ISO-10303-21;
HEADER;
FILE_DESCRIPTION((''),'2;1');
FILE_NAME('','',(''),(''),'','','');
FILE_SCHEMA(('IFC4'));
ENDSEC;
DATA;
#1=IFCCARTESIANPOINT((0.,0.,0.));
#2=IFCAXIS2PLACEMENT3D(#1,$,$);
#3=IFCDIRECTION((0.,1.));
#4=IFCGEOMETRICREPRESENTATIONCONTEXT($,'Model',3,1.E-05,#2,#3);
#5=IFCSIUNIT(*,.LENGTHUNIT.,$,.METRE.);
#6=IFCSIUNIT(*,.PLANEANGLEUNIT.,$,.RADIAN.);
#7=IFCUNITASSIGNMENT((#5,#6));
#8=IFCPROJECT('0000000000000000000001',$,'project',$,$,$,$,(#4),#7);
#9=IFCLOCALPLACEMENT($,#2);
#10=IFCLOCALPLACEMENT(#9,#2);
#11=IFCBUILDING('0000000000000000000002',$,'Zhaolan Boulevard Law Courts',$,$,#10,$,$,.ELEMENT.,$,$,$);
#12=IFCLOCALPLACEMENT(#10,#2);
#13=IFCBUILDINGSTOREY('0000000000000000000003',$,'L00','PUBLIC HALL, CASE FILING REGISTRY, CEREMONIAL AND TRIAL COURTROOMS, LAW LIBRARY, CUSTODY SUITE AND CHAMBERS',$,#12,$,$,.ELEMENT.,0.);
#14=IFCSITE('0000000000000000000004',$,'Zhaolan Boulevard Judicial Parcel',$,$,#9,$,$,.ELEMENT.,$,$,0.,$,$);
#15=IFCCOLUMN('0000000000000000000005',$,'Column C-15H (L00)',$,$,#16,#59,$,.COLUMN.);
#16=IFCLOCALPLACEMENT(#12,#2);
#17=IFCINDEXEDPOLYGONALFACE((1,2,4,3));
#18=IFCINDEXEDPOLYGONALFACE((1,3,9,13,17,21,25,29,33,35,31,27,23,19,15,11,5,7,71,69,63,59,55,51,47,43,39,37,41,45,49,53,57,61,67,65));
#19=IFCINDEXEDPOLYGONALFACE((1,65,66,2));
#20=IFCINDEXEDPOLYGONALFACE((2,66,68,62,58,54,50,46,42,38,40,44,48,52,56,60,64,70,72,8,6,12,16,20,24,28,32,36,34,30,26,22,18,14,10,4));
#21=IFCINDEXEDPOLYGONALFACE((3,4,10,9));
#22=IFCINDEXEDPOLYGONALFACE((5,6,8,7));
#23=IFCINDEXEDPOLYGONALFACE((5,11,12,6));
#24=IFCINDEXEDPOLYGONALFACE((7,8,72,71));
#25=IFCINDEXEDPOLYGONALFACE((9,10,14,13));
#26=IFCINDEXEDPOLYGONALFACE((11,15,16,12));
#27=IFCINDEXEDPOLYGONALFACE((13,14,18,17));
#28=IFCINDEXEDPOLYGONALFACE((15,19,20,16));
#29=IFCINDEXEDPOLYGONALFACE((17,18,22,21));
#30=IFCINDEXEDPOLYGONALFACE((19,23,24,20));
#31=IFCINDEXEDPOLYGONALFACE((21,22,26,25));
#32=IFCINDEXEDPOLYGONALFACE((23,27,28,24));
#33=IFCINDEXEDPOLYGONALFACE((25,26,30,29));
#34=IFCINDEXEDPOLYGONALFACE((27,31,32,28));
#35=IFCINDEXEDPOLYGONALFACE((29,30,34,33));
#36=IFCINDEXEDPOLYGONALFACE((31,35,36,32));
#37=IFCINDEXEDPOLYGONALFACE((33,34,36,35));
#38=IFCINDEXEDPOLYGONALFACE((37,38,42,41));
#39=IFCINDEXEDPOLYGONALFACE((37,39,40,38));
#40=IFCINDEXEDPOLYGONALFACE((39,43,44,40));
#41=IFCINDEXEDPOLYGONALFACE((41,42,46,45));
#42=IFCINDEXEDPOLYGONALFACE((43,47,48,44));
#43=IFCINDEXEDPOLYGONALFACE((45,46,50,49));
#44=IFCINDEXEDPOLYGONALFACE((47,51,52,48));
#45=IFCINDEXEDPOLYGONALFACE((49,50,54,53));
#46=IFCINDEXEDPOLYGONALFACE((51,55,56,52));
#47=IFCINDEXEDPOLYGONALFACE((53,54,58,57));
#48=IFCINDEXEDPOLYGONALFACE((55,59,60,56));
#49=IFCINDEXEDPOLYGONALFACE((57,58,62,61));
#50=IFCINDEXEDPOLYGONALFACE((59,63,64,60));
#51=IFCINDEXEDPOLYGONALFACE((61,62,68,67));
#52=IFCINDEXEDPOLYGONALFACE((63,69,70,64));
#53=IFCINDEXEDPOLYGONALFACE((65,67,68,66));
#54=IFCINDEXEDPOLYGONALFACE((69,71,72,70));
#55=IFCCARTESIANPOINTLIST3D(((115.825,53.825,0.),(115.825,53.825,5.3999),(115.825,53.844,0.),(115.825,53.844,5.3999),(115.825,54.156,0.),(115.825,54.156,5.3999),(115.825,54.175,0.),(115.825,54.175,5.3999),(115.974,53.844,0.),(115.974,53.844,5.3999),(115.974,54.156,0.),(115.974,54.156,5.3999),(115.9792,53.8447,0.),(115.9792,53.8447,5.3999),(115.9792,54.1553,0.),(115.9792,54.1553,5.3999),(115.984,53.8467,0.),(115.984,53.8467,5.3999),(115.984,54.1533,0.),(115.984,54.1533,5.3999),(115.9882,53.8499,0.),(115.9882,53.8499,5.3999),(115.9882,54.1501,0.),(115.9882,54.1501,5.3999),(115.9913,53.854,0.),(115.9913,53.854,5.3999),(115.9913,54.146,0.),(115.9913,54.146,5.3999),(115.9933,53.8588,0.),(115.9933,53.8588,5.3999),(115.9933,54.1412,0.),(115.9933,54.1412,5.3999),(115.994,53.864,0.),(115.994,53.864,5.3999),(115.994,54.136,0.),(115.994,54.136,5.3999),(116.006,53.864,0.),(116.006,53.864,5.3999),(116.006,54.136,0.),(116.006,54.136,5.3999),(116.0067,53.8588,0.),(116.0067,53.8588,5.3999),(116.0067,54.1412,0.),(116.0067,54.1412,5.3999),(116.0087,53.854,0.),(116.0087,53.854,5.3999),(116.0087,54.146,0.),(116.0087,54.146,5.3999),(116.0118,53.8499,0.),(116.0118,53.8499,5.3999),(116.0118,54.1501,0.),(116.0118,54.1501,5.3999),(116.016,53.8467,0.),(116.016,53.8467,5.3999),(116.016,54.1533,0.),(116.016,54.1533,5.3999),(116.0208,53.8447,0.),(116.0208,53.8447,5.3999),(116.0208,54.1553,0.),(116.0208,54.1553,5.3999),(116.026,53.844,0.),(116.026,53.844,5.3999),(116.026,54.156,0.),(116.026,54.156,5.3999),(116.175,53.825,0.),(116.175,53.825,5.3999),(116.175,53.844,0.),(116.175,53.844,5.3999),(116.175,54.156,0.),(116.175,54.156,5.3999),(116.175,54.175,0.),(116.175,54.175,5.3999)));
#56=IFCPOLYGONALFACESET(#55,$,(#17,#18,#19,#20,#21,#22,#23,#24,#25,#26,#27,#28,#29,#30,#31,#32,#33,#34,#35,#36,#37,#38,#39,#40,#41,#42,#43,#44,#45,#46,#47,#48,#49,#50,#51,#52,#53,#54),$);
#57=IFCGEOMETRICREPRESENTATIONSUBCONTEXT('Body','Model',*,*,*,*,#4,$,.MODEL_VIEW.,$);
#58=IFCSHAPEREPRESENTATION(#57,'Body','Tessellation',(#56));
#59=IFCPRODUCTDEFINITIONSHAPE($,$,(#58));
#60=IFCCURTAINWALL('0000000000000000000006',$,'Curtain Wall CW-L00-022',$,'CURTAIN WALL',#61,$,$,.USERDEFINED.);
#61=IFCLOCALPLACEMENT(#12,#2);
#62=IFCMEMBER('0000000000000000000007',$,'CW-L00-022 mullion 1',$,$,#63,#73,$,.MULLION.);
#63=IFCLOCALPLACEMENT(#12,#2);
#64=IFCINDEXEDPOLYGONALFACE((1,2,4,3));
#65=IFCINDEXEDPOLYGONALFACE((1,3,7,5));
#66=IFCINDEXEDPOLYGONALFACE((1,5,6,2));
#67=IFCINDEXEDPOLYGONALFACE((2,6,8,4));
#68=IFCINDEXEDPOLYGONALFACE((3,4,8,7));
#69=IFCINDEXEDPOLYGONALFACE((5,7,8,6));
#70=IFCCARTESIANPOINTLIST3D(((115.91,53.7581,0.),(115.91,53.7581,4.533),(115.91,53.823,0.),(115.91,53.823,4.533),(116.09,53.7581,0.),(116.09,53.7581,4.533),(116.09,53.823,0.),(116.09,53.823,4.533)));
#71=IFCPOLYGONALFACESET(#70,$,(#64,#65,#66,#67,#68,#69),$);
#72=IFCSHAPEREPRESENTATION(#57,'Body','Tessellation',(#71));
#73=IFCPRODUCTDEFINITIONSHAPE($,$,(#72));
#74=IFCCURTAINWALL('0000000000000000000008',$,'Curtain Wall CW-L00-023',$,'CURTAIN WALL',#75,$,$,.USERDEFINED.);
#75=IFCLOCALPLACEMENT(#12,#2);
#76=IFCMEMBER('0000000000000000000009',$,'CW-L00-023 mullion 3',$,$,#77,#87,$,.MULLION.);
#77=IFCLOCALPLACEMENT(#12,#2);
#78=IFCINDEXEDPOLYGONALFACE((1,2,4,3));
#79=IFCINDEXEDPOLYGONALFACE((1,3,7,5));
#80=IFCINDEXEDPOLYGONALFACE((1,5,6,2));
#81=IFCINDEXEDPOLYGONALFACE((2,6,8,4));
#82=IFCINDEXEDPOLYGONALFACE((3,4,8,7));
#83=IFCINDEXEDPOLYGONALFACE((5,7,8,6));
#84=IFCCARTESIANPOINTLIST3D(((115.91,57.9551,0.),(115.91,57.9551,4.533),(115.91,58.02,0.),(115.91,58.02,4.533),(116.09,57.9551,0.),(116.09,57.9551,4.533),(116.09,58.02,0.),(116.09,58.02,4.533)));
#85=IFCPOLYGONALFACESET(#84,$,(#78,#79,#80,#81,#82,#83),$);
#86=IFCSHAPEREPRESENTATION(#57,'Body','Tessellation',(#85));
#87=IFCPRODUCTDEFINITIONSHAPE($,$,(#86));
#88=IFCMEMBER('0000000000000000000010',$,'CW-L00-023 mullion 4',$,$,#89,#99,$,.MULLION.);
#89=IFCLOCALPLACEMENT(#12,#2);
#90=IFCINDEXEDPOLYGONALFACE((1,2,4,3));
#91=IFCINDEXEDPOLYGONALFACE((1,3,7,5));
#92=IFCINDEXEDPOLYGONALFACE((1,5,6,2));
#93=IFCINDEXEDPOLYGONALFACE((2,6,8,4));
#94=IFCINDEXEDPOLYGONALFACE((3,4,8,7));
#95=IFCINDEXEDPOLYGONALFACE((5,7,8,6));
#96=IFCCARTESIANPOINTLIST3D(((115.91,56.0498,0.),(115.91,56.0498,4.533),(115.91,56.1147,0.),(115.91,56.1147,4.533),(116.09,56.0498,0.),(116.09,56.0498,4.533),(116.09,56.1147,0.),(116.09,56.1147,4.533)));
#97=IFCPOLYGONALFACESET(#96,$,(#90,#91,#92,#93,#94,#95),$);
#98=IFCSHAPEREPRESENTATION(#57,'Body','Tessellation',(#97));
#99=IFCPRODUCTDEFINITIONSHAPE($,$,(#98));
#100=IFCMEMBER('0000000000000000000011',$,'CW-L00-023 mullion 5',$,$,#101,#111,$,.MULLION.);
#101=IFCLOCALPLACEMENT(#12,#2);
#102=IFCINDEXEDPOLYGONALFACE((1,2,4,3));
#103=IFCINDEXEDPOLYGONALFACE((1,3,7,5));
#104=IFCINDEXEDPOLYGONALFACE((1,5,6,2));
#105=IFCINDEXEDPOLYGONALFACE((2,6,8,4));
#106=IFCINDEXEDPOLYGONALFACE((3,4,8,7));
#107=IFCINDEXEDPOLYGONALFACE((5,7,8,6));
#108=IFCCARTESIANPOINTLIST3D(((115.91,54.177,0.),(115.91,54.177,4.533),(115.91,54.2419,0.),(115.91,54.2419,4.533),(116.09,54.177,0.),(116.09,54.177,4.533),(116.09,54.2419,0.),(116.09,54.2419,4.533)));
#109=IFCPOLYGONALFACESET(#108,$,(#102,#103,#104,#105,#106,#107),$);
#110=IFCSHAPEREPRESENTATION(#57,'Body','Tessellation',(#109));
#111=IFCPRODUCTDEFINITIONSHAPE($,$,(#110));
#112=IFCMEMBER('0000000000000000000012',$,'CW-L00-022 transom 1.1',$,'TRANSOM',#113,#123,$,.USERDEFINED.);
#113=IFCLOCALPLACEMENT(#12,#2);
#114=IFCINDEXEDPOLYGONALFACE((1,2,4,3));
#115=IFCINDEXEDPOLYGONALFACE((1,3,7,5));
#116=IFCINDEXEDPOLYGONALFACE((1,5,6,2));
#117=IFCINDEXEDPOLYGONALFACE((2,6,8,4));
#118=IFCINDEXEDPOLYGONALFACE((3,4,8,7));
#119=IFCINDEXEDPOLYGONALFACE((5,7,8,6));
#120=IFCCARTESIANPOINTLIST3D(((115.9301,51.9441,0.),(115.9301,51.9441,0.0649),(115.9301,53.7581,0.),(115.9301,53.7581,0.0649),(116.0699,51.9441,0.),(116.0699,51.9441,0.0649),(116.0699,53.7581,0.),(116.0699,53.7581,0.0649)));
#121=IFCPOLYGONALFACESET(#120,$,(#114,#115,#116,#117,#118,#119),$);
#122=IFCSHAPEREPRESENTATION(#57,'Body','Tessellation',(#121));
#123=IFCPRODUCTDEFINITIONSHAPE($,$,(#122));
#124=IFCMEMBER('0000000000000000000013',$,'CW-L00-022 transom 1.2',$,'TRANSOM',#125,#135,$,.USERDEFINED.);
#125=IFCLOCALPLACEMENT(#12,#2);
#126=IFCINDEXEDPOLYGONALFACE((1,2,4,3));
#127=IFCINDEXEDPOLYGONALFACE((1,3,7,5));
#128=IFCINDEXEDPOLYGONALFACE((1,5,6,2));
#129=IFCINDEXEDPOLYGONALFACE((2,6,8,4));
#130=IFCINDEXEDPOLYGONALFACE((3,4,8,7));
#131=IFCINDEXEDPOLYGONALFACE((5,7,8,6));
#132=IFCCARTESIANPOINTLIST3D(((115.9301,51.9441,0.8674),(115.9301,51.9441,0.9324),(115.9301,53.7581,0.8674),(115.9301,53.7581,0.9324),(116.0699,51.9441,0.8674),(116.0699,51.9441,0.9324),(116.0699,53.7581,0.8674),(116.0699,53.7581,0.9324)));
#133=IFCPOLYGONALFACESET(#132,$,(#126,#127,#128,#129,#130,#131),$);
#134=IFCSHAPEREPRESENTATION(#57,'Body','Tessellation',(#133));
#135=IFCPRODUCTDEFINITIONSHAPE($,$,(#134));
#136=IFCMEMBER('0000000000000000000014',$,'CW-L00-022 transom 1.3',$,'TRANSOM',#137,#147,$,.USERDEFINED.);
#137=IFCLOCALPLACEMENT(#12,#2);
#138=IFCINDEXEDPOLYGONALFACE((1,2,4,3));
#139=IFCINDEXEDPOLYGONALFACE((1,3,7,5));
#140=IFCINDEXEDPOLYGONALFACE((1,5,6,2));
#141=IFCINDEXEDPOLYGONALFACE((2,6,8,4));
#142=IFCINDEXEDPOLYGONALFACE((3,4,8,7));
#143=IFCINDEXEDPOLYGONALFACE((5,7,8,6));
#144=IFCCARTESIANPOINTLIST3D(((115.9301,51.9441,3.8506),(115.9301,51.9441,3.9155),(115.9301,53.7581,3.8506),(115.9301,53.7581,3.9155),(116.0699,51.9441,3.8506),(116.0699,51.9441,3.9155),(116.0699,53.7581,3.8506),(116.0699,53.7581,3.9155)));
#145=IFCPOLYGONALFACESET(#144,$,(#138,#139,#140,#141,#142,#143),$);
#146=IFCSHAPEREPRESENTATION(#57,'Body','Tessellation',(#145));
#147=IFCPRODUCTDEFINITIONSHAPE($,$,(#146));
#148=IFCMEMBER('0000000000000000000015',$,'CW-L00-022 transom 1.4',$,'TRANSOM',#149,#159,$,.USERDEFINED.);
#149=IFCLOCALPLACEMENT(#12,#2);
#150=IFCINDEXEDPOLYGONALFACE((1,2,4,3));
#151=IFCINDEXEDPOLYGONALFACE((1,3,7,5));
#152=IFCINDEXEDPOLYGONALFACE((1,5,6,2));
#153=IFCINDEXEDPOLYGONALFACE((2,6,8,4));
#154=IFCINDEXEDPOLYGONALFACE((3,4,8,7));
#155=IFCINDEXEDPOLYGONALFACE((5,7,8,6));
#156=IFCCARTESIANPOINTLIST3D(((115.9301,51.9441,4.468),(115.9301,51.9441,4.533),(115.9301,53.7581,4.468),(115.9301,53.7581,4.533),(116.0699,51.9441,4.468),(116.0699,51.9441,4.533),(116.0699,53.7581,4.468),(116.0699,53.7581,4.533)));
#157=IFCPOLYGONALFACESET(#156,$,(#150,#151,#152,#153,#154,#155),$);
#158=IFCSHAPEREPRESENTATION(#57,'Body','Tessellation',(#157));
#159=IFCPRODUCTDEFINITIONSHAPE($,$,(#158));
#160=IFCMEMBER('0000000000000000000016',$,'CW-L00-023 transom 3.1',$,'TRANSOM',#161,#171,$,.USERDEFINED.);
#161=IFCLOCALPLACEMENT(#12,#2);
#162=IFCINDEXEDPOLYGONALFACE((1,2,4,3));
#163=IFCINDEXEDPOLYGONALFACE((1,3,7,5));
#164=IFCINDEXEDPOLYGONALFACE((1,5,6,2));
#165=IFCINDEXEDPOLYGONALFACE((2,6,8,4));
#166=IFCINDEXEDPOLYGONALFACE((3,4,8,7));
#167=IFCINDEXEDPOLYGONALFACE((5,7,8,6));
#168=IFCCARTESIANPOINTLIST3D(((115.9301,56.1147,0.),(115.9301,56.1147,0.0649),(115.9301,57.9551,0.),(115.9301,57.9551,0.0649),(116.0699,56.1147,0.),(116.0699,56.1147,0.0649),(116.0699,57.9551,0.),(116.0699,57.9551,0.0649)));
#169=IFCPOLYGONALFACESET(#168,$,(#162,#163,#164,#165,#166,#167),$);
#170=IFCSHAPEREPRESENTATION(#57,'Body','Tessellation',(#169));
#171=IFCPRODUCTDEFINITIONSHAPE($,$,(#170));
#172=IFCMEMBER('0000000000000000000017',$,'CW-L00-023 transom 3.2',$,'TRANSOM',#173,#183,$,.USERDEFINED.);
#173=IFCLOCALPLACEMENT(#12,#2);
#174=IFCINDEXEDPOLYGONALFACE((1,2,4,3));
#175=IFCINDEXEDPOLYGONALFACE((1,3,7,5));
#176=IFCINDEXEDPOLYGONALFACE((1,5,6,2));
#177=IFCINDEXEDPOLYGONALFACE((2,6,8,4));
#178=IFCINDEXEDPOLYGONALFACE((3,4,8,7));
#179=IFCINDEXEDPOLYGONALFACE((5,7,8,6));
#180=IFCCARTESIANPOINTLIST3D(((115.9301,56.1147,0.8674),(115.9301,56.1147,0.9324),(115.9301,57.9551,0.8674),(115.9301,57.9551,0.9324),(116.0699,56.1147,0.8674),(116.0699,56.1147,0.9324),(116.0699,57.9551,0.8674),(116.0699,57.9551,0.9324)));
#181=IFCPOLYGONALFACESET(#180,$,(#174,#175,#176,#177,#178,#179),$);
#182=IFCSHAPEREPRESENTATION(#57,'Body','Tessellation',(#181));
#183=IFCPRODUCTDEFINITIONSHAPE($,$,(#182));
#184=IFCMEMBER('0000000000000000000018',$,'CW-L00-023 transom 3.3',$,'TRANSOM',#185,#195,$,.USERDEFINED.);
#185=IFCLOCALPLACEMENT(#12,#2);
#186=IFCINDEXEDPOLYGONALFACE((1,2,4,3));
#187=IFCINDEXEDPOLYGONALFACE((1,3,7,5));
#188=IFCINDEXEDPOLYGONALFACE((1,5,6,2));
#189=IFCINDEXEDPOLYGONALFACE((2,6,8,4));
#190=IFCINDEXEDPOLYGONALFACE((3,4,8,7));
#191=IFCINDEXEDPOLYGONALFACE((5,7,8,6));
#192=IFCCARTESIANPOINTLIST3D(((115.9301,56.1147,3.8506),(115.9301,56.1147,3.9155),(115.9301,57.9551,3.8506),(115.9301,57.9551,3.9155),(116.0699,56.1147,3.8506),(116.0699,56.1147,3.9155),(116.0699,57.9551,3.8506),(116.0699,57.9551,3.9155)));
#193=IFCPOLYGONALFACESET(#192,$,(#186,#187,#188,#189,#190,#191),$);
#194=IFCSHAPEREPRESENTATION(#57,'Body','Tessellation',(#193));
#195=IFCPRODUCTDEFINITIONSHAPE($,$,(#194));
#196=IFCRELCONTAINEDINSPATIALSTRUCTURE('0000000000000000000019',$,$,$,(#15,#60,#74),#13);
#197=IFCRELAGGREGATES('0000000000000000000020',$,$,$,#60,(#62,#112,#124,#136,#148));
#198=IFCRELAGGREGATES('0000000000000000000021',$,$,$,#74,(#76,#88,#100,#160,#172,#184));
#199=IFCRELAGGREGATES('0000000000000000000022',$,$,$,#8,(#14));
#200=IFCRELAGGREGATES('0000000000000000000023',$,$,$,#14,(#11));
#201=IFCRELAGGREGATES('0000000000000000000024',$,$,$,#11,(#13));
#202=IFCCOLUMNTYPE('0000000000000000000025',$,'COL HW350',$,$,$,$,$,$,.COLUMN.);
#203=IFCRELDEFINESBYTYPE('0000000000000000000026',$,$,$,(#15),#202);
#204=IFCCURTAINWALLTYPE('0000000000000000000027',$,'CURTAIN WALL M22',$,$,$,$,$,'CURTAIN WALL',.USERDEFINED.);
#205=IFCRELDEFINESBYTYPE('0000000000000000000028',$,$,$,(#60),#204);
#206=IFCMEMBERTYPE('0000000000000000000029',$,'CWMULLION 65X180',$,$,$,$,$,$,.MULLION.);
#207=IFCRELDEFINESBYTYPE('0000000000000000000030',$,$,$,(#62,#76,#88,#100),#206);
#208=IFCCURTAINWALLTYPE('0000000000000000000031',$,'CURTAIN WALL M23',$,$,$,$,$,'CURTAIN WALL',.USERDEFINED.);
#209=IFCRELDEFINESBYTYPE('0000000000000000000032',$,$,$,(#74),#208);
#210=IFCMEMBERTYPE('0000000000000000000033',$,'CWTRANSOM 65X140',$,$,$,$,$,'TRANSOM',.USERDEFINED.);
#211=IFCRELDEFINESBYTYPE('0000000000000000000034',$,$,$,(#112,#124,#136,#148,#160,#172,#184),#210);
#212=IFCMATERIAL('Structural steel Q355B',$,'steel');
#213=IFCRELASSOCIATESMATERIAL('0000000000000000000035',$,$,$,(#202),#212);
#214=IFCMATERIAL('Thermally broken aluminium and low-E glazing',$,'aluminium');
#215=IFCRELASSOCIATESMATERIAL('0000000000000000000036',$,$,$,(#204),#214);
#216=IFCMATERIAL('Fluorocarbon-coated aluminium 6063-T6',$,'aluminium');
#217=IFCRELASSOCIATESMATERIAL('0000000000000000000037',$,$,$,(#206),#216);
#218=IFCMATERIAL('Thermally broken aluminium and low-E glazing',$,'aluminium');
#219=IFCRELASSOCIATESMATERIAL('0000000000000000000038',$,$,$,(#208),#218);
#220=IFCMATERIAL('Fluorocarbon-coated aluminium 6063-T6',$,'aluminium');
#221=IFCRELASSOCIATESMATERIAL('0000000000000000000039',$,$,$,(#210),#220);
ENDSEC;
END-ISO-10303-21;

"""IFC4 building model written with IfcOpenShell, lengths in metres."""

from ifc_helpers import new_model, si_unit, direction, frame, origin, origin_2d, place, context, subcontext, project, spatial, rectangle, i_section, extrude, material, material_profile, profile_set, type_object, element, aggregate, save


model = new_model("IFC4")

# Units and contexts
model_context = context("Model", 3, precision=1e-05, world=origin(), true_north=direction((0.0, 1.0)))
body_context = subcontext(model_context, "Body", "Model", "MODEL_VIEW")
ifc_project = project(units=[si_unit("LENGTHUNIT", "METRE"), si_unit("PLANEANGLEUNIT", "RADIAN")], contexts=[model_context])

# Site, building, storey
site_placement = place(None, origin())
site = spatial("IfcSite", under=ifc_project, at=site_placement, Name="Zhaolan Boulevard Judicial Parcel", CompositionType="ELEMENT", RefElevation=0.0)
building_placement = place(site_placement, origin())
building = spatial("IfcBuilding", under=site, at=building_placement, Name="Zhaolan Boulevard Law Courts", CompositionType="ELEMENT")
storey_placement = place(building_placement, origin())
storey = spatial("IfcBuildingStorey", under=building, at=storey_placement, Name="L00", Description="PUBLIC HALL, CASE FILING REGISTRY, CEREMONIAL AND TRIAL COURTROOMS, LAW LIBRARY, CUSTODY SUITE AND CHAMBERS", CompositionType="ELEMENT", Elevation=0.0)

# Column
ifc_material_1 = material(Name="Structural steel Q355B", Category="steel")
ifc_material_profile_1 = material_profile(ifc_material_1, i_section(OverallWidth=0.3501, OverallDepth=0.3501, WebThickness=0.012, FlangeThickness=0.019, FilletRadius=0.02, at=origin_2d()), Name="HW350x350")
ifc_profile_set_1 = profile_set([ifc_material_profile_1], Name="Structural steel Q355B")
column_type = type_object("IfcColumnType", Name="COL HW350", PredefinedType="COLUMN", material=ifc_profile_set_1)
column_placement = place(storey_placement, frame((116.0, 54.0, 0.0), z_axis=(0.0, 0.0, 1.0), x_axis=(1.0, 0.0, 0.0)))
element("IfcColumn", 1, at=column_placement, inside=storey, type_object=column_type, Name="Column C-15H (L00)", PredefinedType="COLUMN", context=body_context, shape_type="SweptSolid", body=[
    extrude(i_section(OverallWidth=0.3501, OverallDepth=0.3501, WebThickness=0.012, FlangeThickness=0.019, FilletRadius=0.02, at=origin_2d()), origin(), (0.0, 0.0, 1.0), 5.3999),
])

# Curtain wall, member
ifc_material_2 = material(Name="Thermally broken aluminium and low-E glazing", Category="aluminium")
curtain_wall_type_1 = type_object("IfcCurtainWallType", Name="CURTAIN WALL M22", ElementType="CURTAIN WALL", PredefinedType="USERDEFINED", material=ifc_material_2)
curtain_wall_1_placement = place(storey_placement, origin())
curtain_wall_1 = element("IfcCurtainWall", 2, at=curtain_wall_1_placement, inside=storey, type_object=curtain_wall_type_1, Name="Curtain Wall CW-L00-022", ObjectType="CURTAIN WALL", PredefinedType="USERDEFINED")
ifc_material_3 = material(Name="Fluorocarbon-coated aluminium 6063-T6", Category="aluminium")
ifc_material_profile_2 = material_profile(ifc_material_3, rectangle(XDim=0.1799, YDim=0.0649, at=origin_2d()), Name="AL65x180")
ifc_profile_set_2 = profile_set([ifc_material_profile_2], Name="Fluorocarbon-coated aluminium 6063-T6")
member_type_1 = type_object("IfcMemberType", Name="CWMULLION 65X180", PredefinedType="MULLION", material=ifc_profile_set_2)
member_1_placement = place(storey_placement, frame((116.0, 53.7905, 0.0), z_axis=(0.0, 0.0, 1.0), x_axis=(1.0, 0.0, 0.0)))
member_1 = element("IfcMember", 3, at=member_1_placement, type_object=member_type_1, Name="CW-L00-022 mullion 1", PredefinedType="MULLION", context=body_context, shape_type="SweptSolid", body=[
    extrude(rectangle(XDim=0.1799, YDim=0.0649, at=origin_2d()), origin(), (0.0, 0.0, 1.0), 4.533),
])

# Curtain wall, members
ifc_material_4 = material(Name="Thermally broken aluminium and low-E glazing", Category="aluminium")
curtain_wall_type_2 = type_object("IfcCurtainWallType", Name="CURTAIN WALL M23", ElementType="CURTAIN WALL", PredefinedType="USERDEFINED", material=ifc_material_4)
curtain_wall_2_placement = place(storey_placement, origin())
curtain_wall_2 = element("IfcCurtainWall", 4, at=curtain_wall_2_placement, inside=storey, type_object=curtain_wall_type_2, Name="Curtain Wall CW-L00-023", ObjectType="CURTAIN WALL", PredefinedType="USERDEFINED")
member_2_placement = place(storey_placement, frame((116.0, 57.9875, 0.0), z_axis=(0.0, 0.0, 1.0), x_axis=(1.0, 0.0, 0.0)))
member_2 = element("IfcMember", 5, at=member_2_placement, type_object=member_type_1, Name="CW-L00-023 mullion 3", PredefinedType="MULLION", context=body_context, shape_type="SweptSolid", body=[
    extrude(rectangle(XDim=0.1799, YDim=0.0649, at=origin_2d()), origin(), (0.0, 0.0, 1.0), 4.533),
])
member_3_placement = place(storey_placement, frame((116.0, 56.0823, 0.0), z_axis=(0.0, 0.0, 1.0), x_axis=(1.0, 0.0, 0.0)))
member_3 = element("IfcMember", 6, at=member_3_placement, type_object=member_type_1, Name="CW-L00-023 mullion 4", PredefinedType="MULLION", context=body_context, shape_type="SweptSolid", body=[
    extrude(rectangle(XDim=0.1799, YDim=0.0649, at=origin_2d()), origin(), (0.0, 0.0, 1.0), 4.533),
])
member_4_placement = place(storey_placement, frame((116.0, 54.2095, 0.0), z_axis=(0.0, 0.0, 1.0), x_axis=(1.0, 0.0, 0.0)))
member_4 = element("IfcMember", 7, at=member_4_placement, type_object=member_type_1, Name="CW-L00-023 mullion 5", PredefinedType="MULLION", context=body_context, shape_type="SweptSolid", body=[
    extrude(rectangle(XDim=0.1799, YDim=0.0649, at=origin_2d()), origin(), (0.0, 0.0, 1.0), 4.533),
])

# Members
ifc_material_5 = material(Name="Fluorocarbon-coated aluminium 6063-T6", Category="aluminium")
ifc_material_profile_3 = material_profile(ifc_material_5, rectangle(XDim=0.1399, YDim=0.0649, at=origin_2d()), Name="AL65x140")
ifc_profile_set_3 = profile_set([ifc_material_profile_3], Name="Fluorocarbon-coated aluminium 6063-T6")
member_type_2 = type_object("IfcMemberType", Name="CWTRANSOM 65X140", ElementType="TRANSOM", PredefinedType="USERDEFINED", material=ifc_profile_set_3)
member_5_placement = place(storey_placement, frame((116.0, 53.7581, 0.0325), z_axis=(0.0, -1.0, 0.0), x_axis=(1.0, 0.0, 0.0)))
member_5 = element("IfcMember", 8, at=member_5_placement, type_object=member_type_2, Name="CW-L00-022 transom 1.1", ObjectType="TRANSOM", PredefinedType="USERDEFINED", context=body_context, shape_type="SweptSolid", body=[
    extrude(rectangle(XDim=0.1399, YDim=0.0649, at=origin_2d()), origin(), (0.0, 0.0, 1.0), 1.814),
])
member_6_placement = place(storey_placement, frame((116.0, 53.7581, 0.8999), z_axis=(0.0, -1.0, 0.0), x_axis=(1.0, 0.0, 0.0)))
member_6 = element("IfcMember", 9, at=member_6_placement, type_object=member_type_2, Name="CW-L00-022 transom 1.2", ObjectType="TRANSOM", PredefinedType="USERDEFINED", context=body_context, shape_type="SweptSolid", body=[
    extrude(rectangle(XDim=0.1399, YDim=0.0649, at=origin_2d()), origin(), (0.0, 0.0, 1.0), 1.814),
])
member_7_placement = place(storey_placement, frame((116.0, 53.7581, 3.8831), z_axis=(0.0, -1.0, 0.0), x_axis=(1.0, 0.0, 0.0)))
member_7 = element("IfcMember", 10, at=member_7_placement, type_object=member_type_2, Name="CW-L00-022 transom 1.3", ObjectType="TRANSOM", PredefinedType="USERDEFINED", context=body_context, shape_type="SweptSolid", body=[
    extrude(rectangle(XDim=0.1399, YDim=0.0649, at=origin_2d()), origin(), (0.0, 0.0, 1.0), 1.814),
])
member_8_placement = place(storey_placement, frame((116.0, 53.7581, 4.5005), z_axis=(0.0, -1.0, 0.0), x_axis=(1.0, 0.0, 0.0)))
member_8 = element("IfcMember", 11, at=member_8_placement, type_object=member_type_2, Name="CW-L00-022 transom 1.4", ObjectType="TRANSOM", PredefinedType="USERDEFINED", context=body_context, shape_type="SweptSolid", body=[
    extrude(rectangle(XDim=0.1399, YDim=0.0649, at=origin_2d()), origin(), (0.0, 0.0, 1.0), 1.814),
])
aggregate(curtain_wall_1, [member_1, member_5, member_6, member_7, member_8])
member_9_placement = place(storey_placement, frame((116.0, 57.9551, 0.0325), z_axis=(0.0, -1.0, 0.0), x_axis=(1.0, 0.0, 0.0)))
member_9 = element("IfcMember", 12, at=member_9_placement, type_object=member_type_2, Name="CW-L00-023 transom 3.1", ObjectType="TRANSOM", PredefinedType="USERDEFINED", context=body_context, shape_type="SweptSolid", body=[
    extrude(rectangle(XDim=0.1399, YDim=0.0649, at=origin_2d()), origin(), (0.0, 0.0, 1.0), 1.8403),
])
member_10_placement = place(storey_placement, frame((116.0, 57.9551, 0.8999), z_axis=(0.0, -1.0, 0.0), x_axis=(1.0, 0.0, 0.0)))
member_10 = element("IfcMember", 13, at=member_10_placement, type_object=member_type_2, Name="CW-L00-023 transom 3.2", ObjectType="TRANSOM", PredefinedType="USERDEFINED", context=body_context, shape_type="SweptSolid", body=[
    extrude(rectangle(XDim=0.1399, YDim=0.0649, at=origin_2d()), origin(), (0.0, 0.0, 1.0), 1.8403),
])
member_11_placement = place(storey_placement, frame((116.0, 57.9551, 3.8831), z_axis=(0.0, -1.0, 0.0), x_axis=(1.0, 0.0, 0.0)))
member_11 = element("IfcMember", 14, at=member_11_placement, type_object=member_type_2, Name="CW-L00-023 transom 3.3", ObjectType="TRANSOM", PredefinedType="USERDEFINED", context=body_context, shape_type="SweptSolid", body=[
    extrude(rectangle(XDim=0.1399, YDim=0.0649, at=origin_2d()), origin(), (0.0, 0.0, 1.0), 1.8403),
])

aggregate(curtain_wall_2, [member_2, member_3, member_4, member_9, member_10, member_11])

save(model, "model.ifc")
